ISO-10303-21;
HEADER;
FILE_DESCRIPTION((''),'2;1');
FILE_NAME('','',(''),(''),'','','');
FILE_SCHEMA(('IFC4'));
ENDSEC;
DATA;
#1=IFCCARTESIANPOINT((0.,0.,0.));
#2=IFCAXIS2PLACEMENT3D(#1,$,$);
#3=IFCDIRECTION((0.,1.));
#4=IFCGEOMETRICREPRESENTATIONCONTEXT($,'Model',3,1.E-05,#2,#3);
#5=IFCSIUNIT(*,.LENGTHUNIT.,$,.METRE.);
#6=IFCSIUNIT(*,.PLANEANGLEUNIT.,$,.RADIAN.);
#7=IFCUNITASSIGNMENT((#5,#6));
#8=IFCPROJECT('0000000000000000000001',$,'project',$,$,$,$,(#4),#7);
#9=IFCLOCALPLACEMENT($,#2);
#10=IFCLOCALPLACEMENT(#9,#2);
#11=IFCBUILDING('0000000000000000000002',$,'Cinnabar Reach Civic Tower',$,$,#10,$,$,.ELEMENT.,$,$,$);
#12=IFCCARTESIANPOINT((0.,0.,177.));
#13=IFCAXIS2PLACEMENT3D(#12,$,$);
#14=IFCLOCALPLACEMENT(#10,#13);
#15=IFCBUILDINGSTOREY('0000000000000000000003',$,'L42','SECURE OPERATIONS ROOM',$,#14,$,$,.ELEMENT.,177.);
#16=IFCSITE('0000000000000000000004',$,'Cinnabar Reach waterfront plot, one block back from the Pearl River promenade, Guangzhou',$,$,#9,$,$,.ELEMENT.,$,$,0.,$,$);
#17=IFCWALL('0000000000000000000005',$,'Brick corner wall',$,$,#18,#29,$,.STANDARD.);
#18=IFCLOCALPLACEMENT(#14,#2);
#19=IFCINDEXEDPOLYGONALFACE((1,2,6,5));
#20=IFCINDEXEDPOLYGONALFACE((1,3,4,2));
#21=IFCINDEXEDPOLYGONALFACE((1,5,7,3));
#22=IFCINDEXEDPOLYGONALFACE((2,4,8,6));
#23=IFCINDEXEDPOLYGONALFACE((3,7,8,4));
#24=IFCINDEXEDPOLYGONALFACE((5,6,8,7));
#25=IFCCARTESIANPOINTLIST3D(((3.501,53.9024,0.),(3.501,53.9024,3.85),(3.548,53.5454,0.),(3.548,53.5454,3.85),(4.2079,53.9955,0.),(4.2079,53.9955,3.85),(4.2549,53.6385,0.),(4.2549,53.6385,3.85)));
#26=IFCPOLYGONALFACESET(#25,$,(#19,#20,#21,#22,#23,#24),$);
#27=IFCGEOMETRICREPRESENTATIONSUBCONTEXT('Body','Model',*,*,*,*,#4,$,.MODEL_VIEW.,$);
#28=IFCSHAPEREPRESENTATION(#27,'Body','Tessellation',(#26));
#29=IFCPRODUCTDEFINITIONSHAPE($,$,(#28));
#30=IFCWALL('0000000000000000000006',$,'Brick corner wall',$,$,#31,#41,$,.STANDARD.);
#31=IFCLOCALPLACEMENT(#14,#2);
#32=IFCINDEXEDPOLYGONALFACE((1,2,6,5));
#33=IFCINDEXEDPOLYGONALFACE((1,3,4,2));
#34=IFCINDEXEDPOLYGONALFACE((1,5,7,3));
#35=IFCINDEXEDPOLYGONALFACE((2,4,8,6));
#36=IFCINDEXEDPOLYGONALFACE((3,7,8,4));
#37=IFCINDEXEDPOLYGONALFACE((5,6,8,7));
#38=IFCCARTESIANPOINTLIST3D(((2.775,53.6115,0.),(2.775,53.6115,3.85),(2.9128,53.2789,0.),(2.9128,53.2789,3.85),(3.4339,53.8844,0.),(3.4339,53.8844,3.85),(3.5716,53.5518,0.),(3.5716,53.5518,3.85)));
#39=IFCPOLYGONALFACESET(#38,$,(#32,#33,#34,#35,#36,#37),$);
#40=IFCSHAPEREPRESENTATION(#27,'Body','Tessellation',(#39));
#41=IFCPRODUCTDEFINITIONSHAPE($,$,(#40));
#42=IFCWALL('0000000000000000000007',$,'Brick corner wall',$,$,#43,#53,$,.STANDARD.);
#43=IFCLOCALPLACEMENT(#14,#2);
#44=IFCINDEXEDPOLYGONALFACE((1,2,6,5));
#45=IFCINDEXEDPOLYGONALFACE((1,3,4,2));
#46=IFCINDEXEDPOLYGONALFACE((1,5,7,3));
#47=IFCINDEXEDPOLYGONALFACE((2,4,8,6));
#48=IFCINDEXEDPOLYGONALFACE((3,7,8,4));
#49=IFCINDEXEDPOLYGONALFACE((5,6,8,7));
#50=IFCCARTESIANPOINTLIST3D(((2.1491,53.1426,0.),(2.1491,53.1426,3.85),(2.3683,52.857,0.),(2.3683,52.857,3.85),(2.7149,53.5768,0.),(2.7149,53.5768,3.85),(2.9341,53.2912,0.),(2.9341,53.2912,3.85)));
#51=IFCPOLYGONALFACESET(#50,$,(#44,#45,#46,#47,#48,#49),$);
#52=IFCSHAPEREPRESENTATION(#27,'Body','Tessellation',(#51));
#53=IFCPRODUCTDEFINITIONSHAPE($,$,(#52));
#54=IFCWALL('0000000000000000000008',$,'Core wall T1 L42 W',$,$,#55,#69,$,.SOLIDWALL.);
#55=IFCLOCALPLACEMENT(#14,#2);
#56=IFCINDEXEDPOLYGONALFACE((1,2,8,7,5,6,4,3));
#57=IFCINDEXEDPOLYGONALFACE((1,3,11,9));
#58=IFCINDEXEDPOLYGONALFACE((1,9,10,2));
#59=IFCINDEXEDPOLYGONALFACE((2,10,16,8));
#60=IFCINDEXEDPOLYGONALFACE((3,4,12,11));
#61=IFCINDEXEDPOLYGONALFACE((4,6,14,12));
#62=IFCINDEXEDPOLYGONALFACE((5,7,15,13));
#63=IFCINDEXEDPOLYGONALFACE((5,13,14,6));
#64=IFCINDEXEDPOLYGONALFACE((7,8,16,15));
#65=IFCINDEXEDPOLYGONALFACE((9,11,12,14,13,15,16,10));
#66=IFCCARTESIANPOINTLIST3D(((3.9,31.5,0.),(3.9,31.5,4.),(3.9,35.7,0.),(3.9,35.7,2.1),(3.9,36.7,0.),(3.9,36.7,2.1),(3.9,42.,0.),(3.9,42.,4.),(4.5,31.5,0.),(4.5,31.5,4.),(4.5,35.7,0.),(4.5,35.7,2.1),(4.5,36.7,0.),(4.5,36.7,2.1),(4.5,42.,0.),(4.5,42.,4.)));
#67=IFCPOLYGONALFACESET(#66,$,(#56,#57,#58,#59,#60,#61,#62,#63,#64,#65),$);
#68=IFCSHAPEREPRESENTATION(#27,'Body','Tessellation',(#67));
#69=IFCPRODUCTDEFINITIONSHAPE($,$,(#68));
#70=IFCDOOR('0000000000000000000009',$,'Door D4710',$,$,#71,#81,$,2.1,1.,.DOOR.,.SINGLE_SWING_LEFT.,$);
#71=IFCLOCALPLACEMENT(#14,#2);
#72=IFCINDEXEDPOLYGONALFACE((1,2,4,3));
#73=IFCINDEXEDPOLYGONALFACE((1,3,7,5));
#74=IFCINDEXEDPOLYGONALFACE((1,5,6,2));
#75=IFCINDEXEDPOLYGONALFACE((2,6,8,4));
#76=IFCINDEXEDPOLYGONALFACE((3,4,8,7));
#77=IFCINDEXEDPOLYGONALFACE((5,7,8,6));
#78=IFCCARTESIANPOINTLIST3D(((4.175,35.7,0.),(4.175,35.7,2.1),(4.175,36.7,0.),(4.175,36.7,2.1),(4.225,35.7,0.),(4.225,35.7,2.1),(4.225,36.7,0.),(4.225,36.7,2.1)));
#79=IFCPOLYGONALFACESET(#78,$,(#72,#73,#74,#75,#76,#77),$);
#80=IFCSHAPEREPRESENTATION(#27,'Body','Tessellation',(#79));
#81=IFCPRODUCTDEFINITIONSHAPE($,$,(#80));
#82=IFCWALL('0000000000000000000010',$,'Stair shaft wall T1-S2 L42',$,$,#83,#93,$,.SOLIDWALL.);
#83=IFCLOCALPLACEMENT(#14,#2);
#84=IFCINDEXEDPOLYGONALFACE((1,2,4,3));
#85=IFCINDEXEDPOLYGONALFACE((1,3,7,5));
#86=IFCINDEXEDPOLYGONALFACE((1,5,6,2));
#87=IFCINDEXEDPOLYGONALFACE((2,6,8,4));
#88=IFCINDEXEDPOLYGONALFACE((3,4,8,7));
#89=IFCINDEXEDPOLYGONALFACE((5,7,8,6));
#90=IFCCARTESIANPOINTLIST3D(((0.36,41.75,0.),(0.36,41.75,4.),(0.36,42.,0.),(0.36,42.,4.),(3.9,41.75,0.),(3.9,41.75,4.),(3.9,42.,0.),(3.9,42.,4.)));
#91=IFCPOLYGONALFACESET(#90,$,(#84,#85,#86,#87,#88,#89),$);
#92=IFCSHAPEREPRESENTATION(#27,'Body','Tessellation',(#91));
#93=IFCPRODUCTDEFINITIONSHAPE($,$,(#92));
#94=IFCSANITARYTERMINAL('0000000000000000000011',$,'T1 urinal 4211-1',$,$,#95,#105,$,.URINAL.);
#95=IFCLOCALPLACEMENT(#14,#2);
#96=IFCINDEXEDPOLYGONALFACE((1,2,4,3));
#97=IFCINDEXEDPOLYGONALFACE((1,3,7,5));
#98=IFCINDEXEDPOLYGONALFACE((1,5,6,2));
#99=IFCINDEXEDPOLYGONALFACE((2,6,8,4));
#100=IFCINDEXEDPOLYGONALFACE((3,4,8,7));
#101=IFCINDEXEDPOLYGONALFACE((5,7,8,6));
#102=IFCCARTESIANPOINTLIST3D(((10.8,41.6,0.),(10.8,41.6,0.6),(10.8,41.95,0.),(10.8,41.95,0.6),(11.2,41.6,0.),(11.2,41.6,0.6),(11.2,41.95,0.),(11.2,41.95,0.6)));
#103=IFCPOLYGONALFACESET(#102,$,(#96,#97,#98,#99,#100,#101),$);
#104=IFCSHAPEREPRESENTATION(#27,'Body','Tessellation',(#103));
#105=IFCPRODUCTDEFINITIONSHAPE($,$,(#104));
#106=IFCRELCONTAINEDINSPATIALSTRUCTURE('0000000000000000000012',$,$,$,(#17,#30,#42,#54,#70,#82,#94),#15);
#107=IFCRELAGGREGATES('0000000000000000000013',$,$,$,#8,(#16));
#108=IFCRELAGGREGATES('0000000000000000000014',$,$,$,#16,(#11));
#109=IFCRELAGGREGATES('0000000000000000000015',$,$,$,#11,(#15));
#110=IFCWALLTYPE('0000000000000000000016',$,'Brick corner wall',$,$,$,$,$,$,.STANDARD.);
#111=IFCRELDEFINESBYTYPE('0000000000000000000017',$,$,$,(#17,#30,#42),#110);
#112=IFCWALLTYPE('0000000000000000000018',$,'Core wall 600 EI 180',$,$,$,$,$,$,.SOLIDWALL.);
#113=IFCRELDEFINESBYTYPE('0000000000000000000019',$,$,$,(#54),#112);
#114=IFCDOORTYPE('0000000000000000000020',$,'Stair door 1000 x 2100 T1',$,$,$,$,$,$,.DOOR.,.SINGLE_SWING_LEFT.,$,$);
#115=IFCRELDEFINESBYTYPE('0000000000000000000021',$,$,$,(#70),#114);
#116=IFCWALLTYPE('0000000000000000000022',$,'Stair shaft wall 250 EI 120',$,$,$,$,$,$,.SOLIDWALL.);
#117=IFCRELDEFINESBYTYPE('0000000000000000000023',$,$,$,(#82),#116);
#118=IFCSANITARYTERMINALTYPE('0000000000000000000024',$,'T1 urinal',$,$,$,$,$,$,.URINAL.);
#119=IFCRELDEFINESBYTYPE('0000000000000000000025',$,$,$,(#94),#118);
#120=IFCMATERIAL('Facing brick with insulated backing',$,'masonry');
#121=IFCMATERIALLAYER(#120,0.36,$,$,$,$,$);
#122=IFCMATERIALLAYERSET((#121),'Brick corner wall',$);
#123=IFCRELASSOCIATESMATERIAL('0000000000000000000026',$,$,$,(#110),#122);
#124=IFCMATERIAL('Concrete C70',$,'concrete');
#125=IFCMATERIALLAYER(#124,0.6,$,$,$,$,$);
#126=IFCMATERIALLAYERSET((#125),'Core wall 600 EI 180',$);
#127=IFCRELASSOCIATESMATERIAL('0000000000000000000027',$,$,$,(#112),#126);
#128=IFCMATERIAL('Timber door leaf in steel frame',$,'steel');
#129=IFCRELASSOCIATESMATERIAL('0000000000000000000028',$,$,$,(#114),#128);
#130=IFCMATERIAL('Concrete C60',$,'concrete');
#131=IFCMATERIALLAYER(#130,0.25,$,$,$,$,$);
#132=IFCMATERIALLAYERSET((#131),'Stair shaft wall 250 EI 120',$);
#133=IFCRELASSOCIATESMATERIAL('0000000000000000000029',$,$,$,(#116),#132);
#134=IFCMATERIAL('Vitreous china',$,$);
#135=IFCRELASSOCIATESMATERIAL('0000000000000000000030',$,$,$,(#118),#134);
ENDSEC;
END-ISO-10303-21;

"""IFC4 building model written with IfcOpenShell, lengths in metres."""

from ifc_helpers import new_model, si_unit, direction, frame, frame_2d, origin, origin_2d, place, context, subcontext, project, spatial, rectangle, extrude, material, layer, layer_set, type_object, element, fill, save


model = new_model("IFC4")

# Units and contexts
model_context = context("Model", 3, precision=1e-05, world=origin(), true_north=direction((0.0, 1.0)))
body_context = subcontext(model_context, "Body", "Model", "MODEL_VIEW")
ifc_project = project(units=[si_unit("LENGTHUNIT", "METRE"), si_unit("PLANEANGLEUNIT", "RADIAN")], contexts=[model_context])

# Site, building, storey
site_placement = place(None, origin())
site = spatial("IfcSite", under=ifc_project, at=site_placement, Name="Cinnabar Reach waterfront plot, one block back from the Pearl River promenade, Guangzhou", CompositionType="ELEMENT", RefElevation=0.0)
building_placement = place(site_placement, origin())
building = spatial("IfcBuilding", under=site, at=building_placement, Name="Cinnabar Reach Civic Tower", CompositionType="ELEMENT")
storey_placement = place(building_placement, frame((0.0, 0.0, 177.0)))
storey = spatial("IfcBuildingStorey", under=building, at=storey_placement, Name="L42", Description="SECURE OPERATIONS ROOM", CompositionType="ELEMENT", Elevation=177.0)

# Shared definitions
ifc_material_1 = material(Name="Concrete C70", Category="concrete")

# Walls
ifc_material_2 = material(Name="Facing brick with insulated backing", Category="masonry")
ifc_layer_1 = layer(ifc_material_2, 0.36)
ifc_layer_set_1 = layer_set([ifc_layer_1], Name="Brick corner wall")
wall_type_1 = type_object("IfcWallType", Name="Brick corner wall", PredefinedType="STANDARD", material=ifc_layer_set_1)
for number, where, z_axis, x_axis, name in (
    (1, (4.2314, 53.817, 0.0), (0.0, 0.0, 1.0), (-0.991441, -0.130556, 0.0), "Brick corner wall"),
    (2, (3.5027, 53.7181, 0.0), (0.0, 0.0, 1.0), (-0.923872, -0.382703, 0.0), "Brick corner wall"),
):
    element("IfcWall", number, at=place(storey_placement, frame(where, z_axis=z_axis, x_axis=x_axis)), inside=storey, type_object=wall_type_1, Name=name, PredefinedType="STANDARD", context=body_context, shape_type="SweptSolid", body=[
        extrude(rectangle(XDim=0.7131, YDim=0.36, at=frame_2d((0.3565, 0.0))), origin(), (0.0, 0.0, 1.0), 3.85),
    ])
wall_1_placement = place(storey_placement, frame((2.8245, 53.434, 0.0), z_axis=(0.0, 0.0, 1.0), x_axis=(-0.793322, -0.608802, 0.0)))
element("IfcWall", 3, at=wall_1_placement, inside=storey, type_object=wall_type_1, Name="Brick corner wall", PredefinedType="STANDARD", context=body_context, shape_type="SweptSolid", body=[
    extrude(rectangle(XDim=0.7132, YDim=0.36, at=frame_2d((0.3566, 0.0))), origin(), (0.0, 0.0, 1.0), 3.85),
])

# Wall, opening, door
ifc_layer_2 = layer(ifc_material_1, 0.6)
ifc_layer_set_2 = layer_set([ifc_layer_2], Name="Core wall 600 EI 180")
wall_type_2 = type_object("IfcWallType", Name="Core wall 600 EI 180", PredefinedType="SOLIDWALL", material=ifc_layer_set_2)
wall_2_placement = place(storey_placement, frame((4.2, 42.0, 0.0), z_axis=(0.0, 0.0, 1.0), x_axis=(0.0, -1.0, 0.0)))
wall_2 = element("IfcWall", 4, at=wall_2_placement, inside=storey, type_object=wall_type_2, Name="Core wall T1 L42 W", PredefinedType="SOLIDWALL", context=body_context, shape_type="SweptSolid", body=[
    extrude(rectangle(XDim=10.5, YDim=0.6, at=frame_2d((5.25, 0.0))), origin(), (0.0, 0.0, 1.0), 4.0),
])
opening_placement = place(wall_2_placement, frame((5.3, 0.0, 0.0)))
opening = element("IfcOpeningElement", 5, at=opening_placement, cuts=wall_2, PredefinedType="OPENING", context=body_context, shape_type="SweptSolid", body=[
    extrude(rectangle(XDim=1.0, YDim=2.1, at=frame_2d((0.5, 1.05))), frame((0.0, 0.31, 0.0), z_axis=(0.0, -1.0, 0.0), x_axis=(1.0, 0.0, 0.0)), (0.0, 0.0, 1.0), 0.62),
])
ifc_material_3 = material(Name="Timber door leaf in steel frame", Category="steel")
door_type = type_object("IfcDoorType", Name="Stair door 1000 x 2100 T1", OperationType="SINGLE_SWING_LEFT", PredefinedType="DOOR", material=ifc_material_3)
door_placement = place(opening_placement, frame((1.0, 0.0, 0.0), z_axis=(0.0, 0.0, 1.0), x_axis=(-1.0, 0.0, 0.0)))
door = element("IfcDoor", 6, at=door_placement, inside=storey, type_object=door_type, Name="Door D4710", OperationType="SINGLE_SWING_LEFT", OverallHeight=2.1, OverallWidth=1.0, PredefinedType="DOOR", context=body_context, shape_type="SweptSolid", body=[
    extrude(rectangle(XDim=1.0, YDim=2.1, at=frame_2d((0.5, 1.05))), frame((0.0, 0.025, 0.0), z_axis=(0.0, -1.0, 0.0), x_axis=(1.0, 0.0, 0.0)), (0.0, 0.0, 1.0), 0.05),
])
fill(opening, door)

# Wall
ifc_material_4 = material(Name="Concrete C60", Category="concrete")
ifc_layer_3 = layer(ifc_material_4, 0.25)
ifc_layer_set_3 = layer_set([ifc_layer_3], Name="Stair shaft wall 250 EI 120")
wall_type_3 = type_object("IfcWallType", Name="Stair shaft wall 250 EI 120", PredefinedType="SOLIDWALL", material=ifc_layer_set_3)
wall_3_placement = place(storey_placement, frame((3.9, 41.875, 0.0), z_axis=(0.0, 0.0, 1.0), x_axis=(-1.0, 0.0, 0.0)))
element("IfcWall", 7, at=wall_3_placement, inside=storey, type_object=wall_type_3, Name="Stair shaft wall T1-S2 L42", PredefinedType="SOLIDWALL", context=body_context, shape_type="SweptSolid", body=[
    extrude(rectangle(XDim=3.54, YDim=0.25, at=frame_2d((1.77, 0.0))), origin(), (0.0, 0.0, 1.0), 4.0),
])

# Sanitary terminal
ifc_material_5 = material(Name="Vitreous china")
sanitary_terminal_type = type_object("IfcSanitaryTerminalType", Name="T1 urinal", PredefinedType="URINAL", material=ifc_material_5)
sanitary_terminal_placement = place(storey_placement, frame((11.0, 41.775, 0.0), z_axis=(0.0, 0.0, 1.0), x_axis=(1.0, 0.0, 0.0)))
element("IfcSanitaryTerminal", 8, at=sanitary_terminal_placement, inside=storey, type_object=sanitary_terminal_type, Name="T1 urinal 4211-1", PredefinedType="URINAL", context=body_context, shape_type="SweptSolid", body=[
    extrude(rectangle(XDim=0.4, YDim=0.35, at=origin_2d()), origin(), (0.0, 0.0, 1.0), 0.6),
])

save(model, "model.ifc")
